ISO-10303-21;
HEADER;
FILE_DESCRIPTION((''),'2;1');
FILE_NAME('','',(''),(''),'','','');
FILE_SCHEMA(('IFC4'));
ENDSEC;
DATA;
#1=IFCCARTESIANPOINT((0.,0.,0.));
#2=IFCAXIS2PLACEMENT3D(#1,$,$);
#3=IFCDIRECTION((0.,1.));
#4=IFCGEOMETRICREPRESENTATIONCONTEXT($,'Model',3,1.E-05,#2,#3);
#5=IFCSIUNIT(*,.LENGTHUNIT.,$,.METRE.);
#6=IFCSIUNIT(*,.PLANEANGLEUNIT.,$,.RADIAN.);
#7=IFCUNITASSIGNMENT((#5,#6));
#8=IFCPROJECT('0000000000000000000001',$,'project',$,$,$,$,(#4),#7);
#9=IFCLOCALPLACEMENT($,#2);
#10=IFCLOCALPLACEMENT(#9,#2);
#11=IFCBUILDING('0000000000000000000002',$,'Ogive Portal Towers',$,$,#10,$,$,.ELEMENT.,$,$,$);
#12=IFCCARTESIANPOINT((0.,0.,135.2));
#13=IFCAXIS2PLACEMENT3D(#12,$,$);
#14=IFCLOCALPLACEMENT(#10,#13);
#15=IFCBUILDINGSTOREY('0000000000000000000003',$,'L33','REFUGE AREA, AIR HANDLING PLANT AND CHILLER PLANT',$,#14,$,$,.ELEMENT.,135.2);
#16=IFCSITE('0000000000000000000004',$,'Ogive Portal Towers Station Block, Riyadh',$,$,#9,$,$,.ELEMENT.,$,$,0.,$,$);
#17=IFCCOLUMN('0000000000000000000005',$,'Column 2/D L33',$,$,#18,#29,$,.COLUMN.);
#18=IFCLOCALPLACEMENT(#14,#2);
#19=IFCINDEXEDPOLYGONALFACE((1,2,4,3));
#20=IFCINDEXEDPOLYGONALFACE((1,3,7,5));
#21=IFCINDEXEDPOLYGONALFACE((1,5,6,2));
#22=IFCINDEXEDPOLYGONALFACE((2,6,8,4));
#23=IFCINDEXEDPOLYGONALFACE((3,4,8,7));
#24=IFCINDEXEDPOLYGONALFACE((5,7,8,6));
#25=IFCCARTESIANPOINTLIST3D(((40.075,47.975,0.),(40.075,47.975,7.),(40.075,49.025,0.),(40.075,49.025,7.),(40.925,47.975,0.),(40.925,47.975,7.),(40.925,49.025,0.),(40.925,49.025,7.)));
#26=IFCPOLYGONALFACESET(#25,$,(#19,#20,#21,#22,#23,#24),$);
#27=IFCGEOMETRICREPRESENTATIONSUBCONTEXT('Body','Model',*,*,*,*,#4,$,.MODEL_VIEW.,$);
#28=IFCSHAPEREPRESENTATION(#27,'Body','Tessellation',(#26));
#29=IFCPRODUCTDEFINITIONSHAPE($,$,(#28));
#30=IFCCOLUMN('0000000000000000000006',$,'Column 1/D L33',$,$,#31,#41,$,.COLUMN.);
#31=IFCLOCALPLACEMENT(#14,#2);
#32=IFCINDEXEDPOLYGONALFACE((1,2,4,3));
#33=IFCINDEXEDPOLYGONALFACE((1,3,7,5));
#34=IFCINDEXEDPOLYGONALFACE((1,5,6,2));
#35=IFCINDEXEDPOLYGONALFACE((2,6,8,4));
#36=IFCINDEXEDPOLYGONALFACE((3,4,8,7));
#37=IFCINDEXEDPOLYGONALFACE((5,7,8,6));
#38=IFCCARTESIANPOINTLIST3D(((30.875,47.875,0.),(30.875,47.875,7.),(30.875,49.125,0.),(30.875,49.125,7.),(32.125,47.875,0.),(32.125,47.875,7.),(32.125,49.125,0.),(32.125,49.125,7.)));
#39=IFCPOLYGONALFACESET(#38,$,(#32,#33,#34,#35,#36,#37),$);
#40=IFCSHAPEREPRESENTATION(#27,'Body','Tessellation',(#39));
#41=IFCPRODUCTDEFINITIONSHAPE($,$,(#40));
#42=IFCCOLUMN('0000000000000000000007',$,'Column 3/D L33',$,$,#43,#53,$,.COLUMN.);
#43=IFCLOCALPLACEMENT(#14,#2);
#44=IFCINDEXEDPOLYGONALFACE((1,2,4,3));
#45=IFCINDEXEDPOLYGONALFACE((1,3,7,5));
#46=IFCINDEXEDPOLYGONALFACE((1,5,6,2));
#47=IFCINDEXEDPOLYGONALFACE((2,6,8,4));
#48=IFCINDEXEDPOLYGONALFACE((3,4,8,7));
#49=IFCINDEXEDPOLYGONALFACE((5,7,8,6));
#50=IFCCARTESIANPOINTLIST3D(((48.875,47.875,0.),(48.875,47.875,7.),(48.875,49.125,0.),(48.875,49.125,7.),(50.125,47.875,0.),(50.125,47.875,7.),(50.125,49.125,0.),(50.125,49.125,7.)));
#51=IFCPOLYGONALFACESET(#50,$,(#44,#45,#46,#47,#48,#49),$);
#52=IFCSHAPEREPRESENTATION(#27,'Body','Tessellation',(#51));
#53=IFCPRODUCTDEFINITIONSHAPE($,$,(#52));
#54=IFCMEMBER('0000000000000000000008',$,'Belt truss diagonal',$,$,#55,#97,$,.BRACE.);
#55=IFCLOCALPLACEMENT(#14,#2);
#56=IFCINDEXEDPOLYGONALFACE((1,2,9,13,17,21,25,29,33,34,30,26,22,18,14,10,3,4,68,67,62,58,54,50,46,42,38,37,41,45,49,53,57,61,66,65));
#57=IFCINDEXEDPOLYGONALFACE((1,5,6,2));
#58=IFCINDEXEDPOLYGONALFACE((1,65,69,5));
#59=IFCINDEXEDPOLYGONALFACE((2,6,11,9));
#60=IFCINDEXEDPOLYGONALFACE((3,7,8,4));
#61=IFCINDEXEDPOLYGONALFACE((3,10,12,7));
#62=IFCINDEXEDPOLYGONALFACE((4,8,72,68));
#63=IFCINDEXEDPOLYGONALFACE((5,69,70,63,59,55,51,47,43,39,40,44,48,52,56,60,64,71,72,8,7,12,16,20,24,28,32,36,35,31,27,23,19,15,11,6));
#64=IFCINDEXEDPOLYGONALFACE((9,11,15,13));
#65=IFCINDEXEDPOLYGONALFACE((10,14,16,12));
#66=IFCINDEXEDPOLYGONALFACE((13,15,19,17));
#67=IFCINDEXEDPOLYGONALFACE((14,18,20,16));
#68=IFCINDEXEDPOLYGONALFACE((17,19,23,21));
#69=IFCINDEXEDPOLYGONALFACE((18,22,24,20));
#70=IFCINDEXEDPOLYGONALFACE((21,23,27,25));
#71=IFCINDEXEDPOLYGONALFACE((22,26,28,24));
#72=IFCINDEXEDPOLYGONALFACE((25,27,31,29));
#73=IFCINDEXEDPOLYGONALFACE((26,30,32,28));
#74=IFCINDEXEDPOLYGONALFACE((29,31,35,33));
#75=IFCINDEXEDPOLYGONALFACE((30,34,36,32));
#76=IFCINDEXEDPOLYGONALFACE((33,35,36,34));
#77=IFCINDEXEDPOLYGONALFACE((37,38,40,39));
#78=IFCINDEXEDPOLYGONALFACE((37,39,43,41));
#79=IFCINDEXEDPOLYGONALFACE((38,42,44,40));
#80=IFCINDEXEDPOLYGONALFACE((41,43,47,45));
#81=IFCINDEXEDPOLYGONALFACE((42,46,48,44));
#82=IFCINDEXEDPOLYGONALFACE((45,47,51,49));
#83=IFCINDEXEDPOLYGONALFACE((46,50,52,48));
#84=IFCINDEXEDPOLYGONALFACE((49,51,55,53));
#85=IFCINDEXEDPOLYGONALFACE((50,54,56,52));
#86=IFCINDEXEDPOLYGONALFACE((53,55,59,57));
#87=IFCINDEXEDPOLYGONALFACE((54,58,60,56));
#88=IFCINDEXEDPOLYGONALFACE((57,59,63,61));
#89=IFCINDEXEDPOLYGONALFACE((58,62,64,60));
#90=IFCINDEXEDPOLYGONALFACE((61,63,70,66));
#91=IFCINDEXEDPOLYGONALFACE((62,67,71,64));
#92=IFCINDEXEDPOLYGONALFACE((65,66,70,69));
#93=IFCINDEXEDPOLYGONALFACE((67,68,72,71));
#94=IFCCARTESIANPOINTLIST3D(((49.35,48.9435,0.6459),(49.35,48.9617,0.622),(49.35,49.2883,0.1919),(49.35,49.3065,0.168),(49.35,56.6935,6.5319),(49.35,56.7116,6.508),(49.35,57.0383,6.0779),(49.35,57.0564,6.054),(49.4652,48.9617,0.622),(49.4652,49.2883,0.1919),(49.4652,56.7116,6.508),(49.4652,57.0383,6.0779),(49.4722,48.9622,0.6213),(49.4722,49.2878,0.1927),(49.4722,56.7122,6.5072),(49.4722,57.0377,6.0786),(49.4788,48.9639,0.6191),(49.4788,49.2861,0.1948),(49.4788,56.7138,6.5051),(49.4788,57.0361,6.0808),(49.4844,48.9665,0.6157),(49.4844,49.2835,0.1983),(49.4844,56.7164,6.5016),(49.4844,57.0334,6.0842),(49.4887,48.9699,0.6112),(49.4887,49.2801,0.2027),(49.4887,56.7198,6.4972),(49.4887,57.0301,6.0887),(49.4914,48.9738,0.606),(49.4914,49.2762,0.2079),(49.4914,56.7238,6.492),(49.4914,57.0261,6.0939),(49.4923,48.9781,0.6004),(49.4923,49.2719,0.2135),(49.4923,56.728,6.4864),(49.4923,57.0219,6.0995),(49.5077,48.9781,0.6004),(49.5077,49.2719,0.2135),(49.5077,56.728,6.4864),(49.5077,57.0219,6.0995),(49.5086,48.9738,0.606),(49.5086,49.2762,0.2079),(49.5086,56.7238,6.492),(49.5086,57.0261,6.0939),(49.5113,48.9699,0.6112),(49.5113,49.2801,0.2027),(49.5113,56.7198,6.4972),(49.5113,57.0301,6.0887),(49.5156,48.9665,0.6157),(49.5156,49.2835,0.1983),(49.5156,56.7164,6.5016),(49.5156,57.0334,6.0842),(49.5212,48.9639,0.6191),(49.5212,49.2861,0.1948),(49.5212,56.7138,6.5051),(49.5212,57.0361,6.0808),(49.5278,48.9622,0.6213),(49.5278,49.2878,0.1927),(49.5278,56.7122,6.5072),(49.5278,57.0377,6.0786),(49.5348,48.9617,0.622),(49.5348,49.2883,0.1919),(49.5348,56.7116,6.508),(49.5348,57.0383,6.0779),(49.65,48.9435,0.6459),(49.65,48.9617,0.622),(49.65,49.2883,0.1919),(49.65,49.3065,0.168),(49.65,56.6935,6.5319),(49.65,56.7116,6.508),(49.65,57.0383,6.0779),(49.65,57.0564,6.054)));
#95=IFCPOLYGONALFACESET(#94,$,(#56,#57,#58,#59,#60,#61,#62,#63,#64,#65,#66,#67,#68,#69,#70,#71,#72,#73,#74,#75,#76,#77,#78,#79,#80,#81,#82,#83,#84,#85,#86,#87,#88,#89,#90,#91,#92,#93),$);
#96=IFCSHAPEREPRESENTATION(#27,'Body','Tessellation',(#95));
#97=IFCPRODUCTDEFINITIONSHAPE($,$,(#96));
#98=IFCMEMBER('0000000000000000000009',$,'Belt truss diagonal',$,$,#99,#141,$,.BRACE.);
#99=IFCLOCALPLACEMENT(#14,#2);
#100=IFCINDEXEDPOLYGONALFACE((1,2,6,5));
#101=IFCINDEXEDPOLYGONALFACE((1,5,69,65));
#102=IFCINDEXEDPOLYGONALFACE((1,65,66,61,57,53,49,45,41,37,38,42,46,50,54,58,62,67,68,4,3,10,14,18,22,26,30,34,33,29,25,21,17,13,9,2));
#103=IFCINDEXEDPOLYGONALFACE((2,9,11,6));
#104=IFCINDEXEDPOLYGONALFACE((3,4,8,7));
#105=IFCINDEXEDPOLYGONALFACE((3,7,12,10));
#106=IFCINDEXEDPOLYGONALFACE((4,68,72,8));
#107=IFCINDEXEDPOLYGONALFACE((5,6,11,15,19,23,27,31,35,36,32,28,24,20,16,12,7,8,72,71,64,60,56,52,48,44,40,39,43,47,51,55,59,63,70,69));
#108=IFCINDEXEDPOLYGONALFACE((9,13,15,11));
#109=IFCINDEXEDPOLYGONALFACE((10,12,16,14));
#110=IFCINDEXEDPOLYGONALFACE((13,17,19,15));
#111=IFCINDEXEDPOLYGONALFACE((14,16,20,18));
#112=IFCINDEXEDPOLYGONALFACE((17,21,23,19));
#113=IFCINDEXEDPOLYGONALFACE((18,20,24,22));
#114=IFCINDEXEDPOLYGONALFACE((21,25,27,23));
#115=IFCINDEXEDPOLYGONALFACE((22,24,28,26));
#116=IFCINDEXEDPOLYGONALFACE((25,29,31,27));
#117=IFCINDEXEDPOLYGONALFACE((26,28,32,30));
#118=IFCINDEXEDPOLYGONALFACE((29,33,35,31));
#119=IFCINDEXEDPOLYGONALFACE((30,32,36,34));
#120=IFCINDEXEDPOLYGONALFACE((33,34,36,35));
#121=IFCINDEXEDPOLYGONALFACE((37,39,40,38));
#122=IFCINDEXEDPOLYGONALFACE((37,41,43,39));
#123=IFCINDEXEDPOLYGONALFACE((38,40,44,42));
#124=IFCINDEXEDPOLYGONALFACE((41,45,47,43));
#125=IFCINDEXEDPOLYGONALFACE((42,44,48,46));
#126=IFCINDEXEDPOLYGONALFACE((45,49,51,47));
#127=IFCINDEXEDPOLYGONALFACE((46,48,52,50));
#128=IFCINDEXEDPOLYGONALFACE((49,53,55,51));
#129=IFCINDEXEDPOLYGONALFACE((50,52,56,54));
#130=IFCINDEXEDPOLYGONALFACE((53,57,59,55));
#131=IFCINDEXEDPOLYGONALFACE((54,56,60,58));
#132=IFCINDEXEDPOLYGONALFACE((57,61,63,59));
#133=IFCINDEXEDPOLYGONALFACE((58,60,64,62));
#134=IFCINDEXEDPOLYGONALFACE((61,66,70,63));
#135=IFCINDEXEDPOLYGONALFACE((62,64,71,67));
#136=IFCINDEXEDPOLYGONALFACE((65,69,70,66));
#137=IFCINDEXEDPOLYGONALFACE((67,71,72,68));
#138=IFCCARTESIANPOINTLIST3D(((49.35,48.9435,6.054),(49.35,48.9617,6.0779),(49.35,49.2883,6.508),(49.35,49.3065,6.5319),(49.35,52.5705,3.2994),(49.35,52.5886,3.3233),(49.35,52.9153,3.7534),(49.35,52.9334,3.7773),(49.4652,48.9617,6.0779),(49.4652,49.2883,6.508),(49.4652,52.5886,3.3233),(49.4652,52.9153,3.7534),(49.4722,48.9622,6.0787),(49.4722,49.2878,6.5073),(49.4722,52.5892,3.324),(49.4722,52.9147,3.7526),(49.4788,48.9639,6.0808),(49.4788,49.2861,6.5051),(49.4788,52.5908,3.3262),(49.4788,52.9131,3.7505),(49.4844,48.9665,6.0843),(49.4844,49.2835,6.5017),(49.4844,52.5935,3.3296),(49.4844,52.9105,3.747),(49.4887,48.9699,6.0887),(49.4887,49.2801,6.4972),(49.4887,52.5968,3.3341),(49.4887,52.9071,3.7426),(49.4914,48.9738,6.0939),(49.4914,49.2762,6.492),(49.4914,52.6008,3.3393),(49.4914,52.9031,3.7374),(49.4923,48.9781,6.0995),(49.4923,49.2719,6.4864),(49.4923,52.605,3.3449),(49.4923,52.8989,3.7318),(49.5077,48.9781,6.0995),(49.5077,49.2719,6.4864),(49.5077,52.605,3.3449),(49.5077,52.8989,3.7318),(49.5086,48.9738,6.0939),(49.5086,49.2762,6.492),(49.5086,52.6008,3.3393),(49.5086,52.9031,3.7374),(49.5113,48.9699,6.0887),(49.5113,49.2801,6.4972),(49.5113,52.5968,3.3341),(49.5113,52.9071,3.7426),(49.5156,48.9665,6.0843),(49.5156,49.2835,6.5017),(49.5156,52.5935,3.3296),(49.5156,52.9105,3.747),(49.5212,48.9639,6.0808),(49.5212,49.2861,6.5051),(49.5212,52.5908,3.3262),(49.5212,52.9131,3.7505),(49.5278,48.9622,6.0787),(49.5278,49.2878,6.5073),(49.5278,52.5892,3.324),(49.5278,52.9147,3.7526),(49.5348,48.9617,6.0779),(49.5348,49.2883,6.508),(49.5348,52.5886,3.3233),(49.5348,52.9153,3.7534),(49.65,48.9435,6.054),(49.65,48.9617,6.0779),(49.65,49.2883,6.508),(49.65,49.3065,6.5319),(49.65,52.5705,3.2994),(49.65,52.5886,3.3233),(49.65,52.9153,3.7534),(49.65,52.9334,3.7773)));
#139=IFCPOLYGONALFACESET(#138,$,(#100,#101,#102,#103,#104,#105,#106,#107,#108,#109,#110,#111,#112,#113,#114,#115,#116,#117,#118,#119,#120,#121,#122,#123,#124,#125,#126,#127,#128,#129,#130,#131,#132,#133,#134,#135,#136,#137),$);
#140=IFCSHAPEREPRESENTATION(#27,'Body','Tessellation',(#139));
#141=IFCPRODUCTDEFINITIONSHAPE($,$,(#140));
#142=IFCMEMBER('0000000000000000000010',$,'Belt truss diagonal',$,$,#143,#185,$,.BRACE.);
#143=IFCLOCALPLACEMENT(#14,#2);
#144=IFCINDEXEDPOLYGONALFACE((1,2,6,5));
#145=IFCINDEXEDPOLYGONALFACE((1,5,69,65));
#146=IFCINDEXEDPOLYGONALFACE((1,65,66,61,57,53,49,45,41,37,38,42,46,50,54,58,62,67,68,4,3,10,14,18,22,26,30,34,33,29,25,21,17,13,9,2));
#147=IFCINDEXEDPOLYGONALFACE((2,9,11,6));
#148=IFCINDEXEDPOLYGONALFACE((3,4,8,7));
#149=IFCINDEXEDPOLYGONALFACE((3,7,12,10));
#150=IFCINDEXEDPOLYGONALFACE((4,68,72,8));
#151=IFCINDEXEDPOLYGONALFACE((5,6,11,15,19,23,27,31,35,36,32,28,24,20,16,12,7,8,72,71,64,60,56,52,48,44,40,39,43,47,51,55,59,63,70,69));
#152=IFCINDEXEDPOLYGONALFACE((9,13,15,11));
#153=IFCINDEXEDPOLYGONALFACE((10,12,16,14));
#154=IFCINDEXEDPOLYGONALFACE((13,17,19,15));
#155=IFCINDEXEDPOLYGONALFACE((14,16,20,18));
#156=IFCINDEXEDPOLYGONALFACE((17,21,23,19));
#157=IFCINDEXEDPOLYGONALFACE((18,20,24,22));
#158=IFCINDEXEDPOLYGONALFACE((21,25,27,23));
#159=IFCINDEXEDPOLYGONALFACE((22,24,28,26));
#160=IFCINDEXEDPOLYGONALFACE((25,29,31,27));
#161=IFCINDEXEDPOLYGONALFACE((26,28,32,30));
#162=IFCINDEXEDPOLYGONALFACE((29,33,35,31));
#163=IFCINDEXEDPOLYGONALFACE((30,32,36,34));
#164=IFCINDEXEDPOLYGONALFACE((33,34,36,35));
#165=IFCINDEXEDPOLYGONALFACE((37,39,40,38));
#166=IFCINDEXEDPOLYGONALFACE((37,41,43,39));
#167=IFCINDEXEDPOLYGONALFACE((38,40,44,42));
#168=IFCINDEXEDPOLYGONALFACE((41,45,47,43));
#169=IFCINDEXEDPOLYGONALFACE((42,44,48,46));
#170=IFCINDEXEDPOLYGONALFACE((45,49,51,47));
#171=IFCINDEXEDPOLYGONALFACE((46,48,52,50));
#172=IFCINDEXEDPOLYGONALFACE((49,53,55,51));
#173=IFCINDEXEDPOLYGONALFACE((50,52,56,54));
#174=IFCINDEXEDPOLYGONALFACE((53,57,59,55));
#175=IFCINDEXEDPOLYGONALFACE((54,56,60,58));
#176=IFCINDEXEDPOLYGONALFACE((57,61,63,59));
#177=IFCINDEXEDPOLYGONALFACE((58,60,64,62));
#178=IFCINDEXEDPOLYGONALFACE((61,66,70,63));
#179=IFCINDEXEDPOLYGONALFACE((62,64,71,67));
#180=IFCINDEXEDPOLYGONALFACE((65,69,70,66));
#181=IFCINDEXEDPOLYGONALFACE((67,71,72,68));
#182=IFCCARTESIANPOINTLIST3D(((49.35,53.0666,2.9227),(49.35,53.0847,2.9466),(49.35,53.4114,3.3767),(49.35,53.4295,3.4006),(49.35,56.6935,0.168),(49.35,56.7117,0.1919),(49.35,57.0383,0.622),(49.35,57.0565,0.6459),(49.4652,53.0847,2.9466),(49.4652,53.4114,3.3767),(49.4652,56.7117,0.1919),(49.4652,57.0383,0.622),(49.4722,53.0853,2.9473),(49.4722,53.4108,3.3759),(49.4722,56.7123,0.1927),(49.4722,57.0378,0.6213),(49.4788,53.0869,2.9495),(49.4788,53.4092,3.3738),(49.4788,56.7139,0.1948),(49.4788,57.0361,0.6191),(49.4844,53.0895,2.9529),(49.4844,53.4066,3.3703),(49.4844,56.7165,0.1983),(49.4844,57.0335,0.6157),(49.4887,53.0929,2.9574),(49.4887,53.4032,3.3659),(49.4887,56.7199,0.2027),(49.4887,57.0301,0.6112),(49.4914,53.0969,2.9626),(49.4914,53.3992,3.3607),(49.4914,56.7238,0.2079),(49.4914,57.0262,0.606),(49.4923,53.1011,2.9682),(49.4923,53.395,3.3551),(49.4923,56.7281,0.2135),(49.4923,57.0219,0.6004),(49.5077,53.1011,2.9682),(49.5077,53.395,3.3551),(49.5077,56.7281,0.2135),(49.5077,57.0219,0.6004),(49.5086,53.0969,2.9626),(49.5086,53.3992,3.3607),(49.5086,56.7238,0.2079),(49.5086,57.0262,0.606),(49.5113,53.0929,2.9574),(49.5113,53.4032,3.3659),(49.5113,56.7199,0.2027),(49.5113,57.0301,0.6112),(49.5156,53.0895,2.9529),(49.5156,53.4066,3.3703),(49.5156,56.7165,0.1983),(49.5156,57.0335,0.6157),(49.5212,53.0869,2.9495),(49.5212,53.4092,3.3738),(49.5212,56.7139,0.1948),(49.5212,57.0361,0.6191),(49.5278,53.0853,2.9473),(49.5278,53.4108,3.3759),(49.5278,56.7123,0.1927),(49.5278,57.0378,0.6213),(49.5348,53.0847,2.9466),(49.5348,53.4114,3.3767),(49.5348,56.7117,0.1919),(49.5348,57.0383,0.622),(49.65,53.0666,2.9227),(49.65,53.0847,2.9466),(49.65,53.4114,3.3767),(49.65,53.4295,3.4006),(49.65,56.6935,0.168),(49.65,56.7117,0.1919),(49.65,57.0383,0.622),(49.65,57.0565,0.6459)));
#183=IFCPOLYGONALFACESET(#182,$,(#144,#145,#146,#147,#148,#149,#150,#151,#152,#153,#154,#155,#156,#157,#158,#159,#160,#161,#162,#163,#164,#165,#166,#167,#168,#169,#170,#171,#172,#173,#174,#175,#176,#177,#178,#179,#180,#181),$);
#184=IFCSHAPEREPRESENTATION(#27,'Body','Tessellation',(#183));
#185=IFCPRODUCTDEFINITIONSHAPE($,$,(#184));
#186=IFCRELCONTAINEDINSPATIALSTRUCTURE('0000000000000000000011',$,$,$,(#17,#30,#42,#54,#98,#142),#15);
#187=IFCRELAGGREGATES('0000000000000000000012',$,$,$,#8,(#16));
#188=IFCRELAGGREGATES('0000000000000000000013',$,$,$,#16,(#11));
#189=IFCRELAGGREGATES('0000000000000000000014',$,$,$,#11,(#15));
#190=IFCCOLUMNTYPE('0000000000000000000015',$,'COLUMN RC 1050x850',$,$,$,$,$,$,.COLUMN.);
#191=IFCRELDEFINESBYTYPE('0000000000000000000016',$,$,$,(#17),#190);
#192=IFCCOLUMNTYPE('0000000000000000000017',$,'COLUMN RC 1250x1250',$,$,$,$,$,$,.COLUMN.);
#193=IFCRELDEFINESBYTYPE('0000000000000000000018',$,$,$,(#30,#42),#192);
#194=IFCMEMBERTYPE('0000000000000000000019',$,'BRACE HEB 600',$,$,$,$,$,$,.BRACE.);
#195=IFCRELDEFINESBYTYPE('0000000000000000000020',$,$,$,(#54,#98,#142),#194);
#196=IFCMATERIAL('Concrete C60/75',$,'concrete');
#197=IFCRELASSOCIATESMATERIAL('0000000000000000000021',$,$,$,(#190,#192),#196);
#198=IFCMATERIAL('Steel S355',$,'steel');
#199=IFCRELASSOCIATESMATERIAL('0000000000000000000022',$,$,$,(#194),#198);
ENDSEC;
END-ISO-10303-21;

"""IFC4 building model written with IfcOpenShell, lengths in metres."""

from ifc_helpers import new_model, si_unit, direction, frame, origin, origin_2d, place, context, subcontext, project, spatial, rectangle, i_section, extrude, material, material_profile, profile_set, type_object, element, save


model = new_model("IFC4")

# Units and contexts
model_context = context("Model", 3, precision=1e-05, world=origin(), true_north=direction((0.0, 1.0)))
body_context = subcontext(model_context, "Body", "Model", "MODEL_VIEW")
ifc_project = project(units=[si_unit("LENGTHUNIT", "METRE"), si_unit("PLANEANGLEUNIT", "RADIAN")], contexts=[model_context])

# Site, building, storey
site_placement = place(None, origin())
site = spatial("IfcSite", under=ifc_project, at=site_placement, Name="Ogive Portal Towers Station Block, Riyadh", CompositionType="ELEMENT", RefElevation=0.0)
building_placement = place(site_placement, origin())
building = spatial("IfcBuilding", under=site, at=building_placement, Name="Ogive Portal Towers", CompositionType="ELEMENT")
storey_placement = place(building_placement, frame((0.0, 0.0, 135.2)))
storey = spatial("IfcBuildingStorey", under=building, at=storey_placement, Name="L33", Description="REFUGE AREA, AIR HANDLING PLANT AND CHILLER PLANT", CompositionType="ELEMENT", Elevation=135.2)

# Columns
ifc_material_1 = material(Name="Concrete C60/75", Category="concrete")
ifc_material_profile_1 = material_profile(ifc_material_1, rectangle(XDim=1.05, YDim=0.8501, at=origin_2d()), Name="RC 1050x850")
ifc_profile_set_1 = profile_set([ifc_material_profile_1], Name="Concrete C60/75")
column_type_1 = type_object("IfcColumnType", Name="COLUMN RC 1050x850", PredefinedType="COLUMN", material=ifc_profile_set_1)
column_placement = place(storey_placement, frame((40.5, 48.5, 0.0), z_axis=(0.0, 0.0, 1.0), x_axis=(0.0, 1.0, 0.0)))
element("IfcColumn", 1, at=column_placement, inside=storey, type_object=column_type_1, Name="Column 2/D L33", PredefinedType="COLUMN", context=body_context, shape_type="SweptSolid", body=[
    extrude(rectangle(XDim=1.05, YDim=0.8501, at=origin_2d()), origin(), (0.0, 0.0, 1.0), 7.0),
])
ifc_material_profile_2 = material_profile(ifc_material_1, rectangle(XDim=1.25, YDim=1.25, at=origin_2d()), Name="RC 1250x1250")
ifc_profile_set_2 = profile_set([ifc_material_profile_2], Name="Concrete C60/75")
column_type_2 = type_object("IfcColumnType", Name="COLUMN RC 1250x1250", PredefinedType="COLUMN", material=ifc_profile_set_2)
for number, where, z_axis, x_axis, name in (
    (2, (31.5, 48.5, 0.0), (0.0, 0.0, 1.0), (1.0, 0.0, 0.0), "Column 1/D L33"),
    (3, (49.5, 48.5, 0.0), (0.0, 0.0, 1.0), (1.0, 0.0, 0.0), "Column 3/D L33"),
):
    element("IfcColumn", number, at=place(storey_placement, frame(where, z_axis=z_axis, x_axis=x_axis)), inside=storey, type_object=column_type_2, Name=name, PredefinedType="COLUMN", context=body_context, shape_type="SweptSolid", body=[
        extrude(rectangle(XDim=1.25, YDim=1.25, at=origin_2d()), origin(), (0.0, 0.0, 1.0), 7.0),
    ])

# Members
ifc_material_2 = material(Name="Steel S355", Category="steel")
ifc_material_profile_3 = material_profile(ifc_material_2, i_section(OverallWidth=0.3, OverallDepth=0.6001, WebThickness=0.0154, FlangeThickness=0.03, FilletRadius=0.0271, at=origin_2d()), Name="HEB 600")
ifc_profile_set_3 = profile_set([ifc_material_profile_3], Name="Steel S355")
member_type_1 = type_object("IfcMemberType", Name="BRACE HEB 600", PredefinedType="BRACE", material=ifc_profile_set_3)
member_1_placement = place(storey_placement, frame((49.5, 49.125, 0.407), z_axis=(0.0, 0.796361, 0.604822), x_axis=(-1.0, 0.0, 0.0)))
element("IfcMember", 4, at=member_1_placement, inside=storey, type_object=member_type_1, Name="Belt truss diagonal", PredefinedType="BRACE", context=body_context, shape_type="SweptSolid", body=[
    extrude(i_section(OverallWidth=0.3, OverallDepth=0.6001, WebThickness=0.0154, FlangeThickness=0.03, FilletRadius=0.0271, at=origin_2d()), origin(), (0.0, 0.0, 1.0), 9.7317),
])
for number, where, z_axis, x_axis, name in (
    (5, (49.5, 49.125, 6.293), (0.0, 0.796357, -0.604826), (-1.0, 0.0, 0.0), "Belt truss diagonal"),
    (6, (49.5, 53.248, 3.1616), (0.0, 0.796357, -0.604826), (-1.0, 0.0, 0.0), "Belt truss diagonal"),
):
    element("IfcMember", number, at=place(storey_placement, frame(where, z_axis=z_axis, x_axis=x_axis)), inside=storey, type_object=member_type_1, Name=name, PredefinedType="BRACE", context=body_context, shape_type="SweptSolid", body=[
        extrude(i_section(OverallWidth=0.3, OverallDepth=0.6001, WebThickness=0.0154, FlangeThickness=0.03, FilletRadius=0.0271, at=origin_2d()), origin(), (0.0, 0.0, 1.0), 4.5544),
    ])

save(model, "model.ifc")
